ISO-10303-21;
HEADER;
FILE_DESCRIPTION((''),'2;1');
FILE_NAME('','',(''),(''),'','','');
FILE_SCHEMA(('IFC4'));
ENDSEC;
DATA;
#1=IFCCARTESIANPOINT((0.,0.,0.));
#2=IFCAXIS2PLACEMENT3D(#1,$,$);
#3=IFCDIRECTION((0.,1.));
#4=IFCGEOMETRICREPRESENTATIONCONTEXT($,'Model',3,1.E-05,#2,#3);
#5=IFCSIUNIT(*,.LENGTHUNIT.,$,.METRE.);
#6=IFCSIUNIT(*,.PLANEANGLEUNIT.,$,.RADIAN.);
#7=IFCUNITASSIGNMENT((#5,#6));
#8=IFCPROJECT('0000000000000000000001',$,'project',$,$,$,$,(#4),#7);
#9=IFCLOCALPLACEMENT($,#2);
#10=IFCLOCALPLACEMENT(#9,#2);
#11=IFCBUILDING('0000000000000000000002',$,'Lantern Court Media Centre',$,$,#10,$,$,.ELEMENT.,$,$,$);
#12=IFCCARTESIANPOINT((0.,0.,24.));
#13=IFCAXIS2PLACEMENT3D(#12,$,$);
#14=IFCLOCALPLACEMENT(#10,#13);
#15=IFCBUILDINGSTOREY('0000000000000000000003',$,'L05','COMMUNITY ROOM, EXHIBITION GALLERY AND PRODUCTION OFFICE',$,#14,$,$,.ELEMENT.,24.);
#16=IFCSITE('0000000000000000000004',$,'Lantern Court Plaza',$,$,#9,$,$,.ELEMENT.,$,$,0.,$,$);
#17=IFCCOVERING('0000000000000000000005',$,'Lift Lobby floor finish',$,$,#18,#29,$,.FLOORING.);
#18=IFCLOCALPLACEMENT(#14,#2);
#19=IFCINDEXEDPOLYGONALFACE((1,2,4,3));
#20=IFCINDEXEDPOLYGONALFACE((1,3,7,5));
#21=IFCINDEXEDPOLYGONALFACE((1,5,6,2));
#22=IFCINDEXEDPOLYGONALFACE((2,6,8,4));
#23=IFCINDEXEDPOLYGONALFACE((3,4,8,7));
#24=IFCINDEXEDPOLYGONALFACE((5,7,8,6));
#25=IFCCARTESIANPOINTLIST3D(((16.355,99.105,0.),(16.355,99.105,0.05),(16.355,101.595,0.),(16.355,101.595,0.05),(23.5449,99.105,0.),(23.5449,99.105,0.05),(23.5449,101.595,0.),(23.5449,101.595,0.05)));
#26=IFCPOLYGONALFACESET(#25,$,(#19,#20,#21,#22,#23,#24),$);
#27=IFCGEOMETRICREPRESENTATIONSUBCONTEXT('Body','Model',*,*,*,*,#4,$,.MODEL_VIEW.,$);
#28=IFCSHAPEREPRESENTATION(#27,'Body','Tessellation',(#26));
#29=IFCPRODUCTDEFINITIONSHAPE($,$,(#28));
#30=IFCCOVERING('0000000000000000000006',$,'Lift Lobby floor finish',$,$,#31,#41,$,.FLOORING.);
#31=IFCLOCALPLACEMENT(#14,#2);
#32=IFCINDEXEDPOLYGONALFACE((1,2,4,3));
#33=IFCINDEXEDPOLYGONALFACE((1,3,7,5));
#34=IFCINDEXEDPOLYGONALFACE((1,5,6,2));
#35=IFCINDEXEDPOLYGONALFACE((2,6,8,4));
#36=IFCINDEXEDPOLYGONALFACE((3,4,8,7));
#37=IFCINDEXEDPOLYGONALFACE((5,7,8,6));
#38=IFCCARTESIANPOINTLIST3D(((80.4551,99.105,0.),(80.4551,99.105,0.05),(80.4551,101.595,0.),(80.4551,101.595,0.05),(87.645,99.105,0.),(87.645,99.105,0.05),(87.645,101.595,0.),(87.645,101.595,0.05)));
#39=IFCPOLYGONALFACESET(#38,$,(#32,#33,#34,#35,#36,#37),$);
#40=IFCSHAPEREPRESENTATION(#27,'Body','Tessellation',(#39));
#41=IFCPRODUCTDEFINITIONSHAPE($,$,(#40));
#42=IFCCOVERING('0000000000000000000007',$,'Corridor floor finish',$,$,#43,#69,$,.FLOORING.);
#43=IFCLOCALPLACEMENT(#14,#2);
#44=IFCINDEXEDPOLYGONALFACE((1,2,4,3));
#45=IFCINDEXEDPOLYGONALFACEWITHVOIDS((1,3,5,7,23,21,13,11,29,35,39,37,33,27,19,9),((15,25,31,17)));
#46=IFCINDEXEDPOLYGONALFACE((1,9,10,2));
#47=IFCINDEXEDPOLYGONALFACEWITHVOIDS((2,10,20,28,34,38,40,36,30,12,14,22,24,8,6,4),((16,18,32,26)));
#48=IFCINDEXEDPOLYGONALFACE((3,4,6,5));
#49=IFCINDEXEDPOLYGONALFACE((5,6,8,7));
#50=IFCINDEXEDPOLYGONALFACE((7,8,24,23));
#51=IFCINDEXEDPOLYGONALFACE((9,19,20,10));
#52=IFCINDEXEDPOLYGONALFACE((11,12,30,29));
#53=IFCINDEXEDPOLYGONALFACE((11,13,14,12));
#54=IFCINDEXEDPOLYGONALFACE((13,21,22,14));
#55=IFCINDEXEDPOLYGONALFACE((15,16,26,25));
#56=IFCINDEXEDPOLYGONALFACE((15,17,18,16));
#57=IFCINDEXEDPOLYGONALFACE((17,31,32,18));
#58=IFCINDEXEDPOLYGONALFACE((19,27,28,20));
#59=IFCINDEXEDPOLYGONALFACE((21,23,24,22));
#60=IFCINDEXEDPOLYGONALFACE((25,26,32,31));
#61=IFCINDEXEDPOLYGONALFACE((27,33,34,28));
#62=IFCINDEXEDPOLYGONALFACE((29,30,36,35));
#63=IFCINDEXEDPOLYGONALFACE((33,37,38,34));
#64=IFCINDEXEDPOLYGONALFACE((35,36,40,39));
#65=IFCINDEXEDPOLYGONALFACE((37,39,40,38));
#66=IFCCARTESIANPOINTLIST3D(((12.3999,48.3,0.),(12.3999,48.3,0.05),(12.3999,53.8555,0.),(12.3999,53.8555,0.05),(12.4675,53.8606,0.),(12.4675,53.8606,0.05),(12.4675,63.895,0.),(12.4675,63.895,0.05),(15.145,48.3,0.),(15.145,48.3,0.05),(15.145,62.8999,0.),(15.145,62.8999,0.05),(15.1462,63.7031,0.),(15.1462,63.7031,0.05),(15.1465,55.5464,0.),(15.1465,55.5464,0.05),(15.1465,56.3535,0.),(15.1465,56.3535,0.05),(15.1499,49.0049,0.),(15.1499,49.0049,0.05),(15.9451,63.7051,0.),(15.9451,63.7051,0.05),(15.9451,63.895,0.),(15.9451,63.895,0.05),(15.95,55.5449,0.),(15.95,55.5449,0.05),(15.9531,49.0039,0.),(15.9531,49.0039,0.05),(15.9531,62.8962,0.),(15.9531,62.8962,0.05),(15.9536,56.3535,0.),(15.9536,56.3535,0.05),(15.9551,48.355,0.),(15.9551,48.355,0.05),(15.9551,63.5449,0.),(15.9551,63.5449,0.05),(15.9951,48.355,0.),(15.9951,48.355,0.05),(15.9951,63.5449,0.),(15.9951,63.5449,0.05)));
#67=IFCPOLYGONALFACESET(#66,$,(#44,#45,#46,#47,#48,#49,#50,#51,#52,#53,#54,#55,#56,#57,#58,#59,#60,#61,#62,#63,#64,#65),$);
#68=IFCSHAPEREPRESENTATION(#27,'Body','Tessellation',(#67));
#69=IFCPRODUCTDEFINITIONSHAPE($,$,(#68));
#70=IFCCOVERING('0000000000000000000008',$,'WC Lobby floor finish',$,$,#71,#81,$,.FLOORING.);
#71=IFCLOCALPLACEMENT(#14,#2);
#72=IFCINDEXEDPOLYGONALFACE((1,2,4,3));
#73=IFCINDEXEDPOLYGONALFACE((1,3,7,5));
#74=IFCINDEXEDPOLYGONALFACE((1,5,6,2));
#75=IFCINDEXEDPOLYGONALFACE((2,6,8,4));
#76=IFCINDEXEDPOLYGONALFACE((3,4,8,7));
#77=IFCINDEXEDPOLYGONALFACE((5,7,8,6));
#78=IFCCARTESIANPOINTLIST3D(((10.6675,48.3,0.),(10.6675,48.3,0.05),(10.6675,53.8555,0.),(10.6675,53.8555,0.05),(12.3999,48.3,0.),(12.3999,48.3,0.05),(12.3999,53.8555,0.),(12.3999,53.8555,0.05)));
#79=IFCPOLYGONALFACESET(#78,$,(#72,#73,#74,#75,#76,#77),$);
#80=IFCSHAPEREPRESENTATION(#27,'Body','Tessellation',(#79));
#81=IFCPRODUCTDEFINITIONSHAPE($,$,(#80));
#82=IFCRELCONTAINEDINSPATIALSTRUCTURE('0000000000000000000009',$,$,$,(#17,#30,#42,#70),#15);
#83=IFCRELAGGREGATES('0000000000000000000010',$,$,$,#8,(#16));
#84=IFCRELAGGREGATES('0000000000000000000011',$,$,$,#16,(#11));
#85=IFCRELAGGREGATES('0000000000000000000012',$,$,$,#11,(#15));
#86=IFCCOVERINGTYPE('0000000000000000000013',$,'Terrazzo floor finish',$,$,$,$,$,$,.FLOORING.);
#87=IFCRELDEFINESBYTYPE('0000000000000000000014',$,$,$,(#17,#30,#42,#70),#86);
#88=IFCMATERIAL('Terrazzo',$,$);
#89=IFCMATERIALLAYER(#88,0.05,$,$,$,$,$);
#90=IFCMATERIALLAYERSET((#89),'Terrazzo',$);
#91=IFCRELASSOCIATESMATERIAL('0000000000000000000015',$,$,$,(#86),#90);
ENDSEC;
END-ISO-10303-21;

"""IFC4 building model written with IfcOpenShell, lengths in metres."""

from ifc_helpers import new_model, si_unit, direction, frame, origin, place, context, subcontext, project, spatial, polyline, outline, extrude, material, layer, layer_set, type_object, element, save


model = new_model("IFC4")

# Units and contexts
model_context = context("Model", 3, precision=1e-05, world=origin(), true_north=direction((0.0, 1.0)))
body_context = subcontext(model_context, "Body", "Model", "MODEL_VIEW")
ifc_project = project(units=[si_unit("LENGTHUNIT", "METRE"), si_unit("PLANEANGLEUNIT", "RADIAN")], contexts=[model_context])

# Site, building, storey
site_placement = place(None, origin())
site = spatial("IfcSite", under=ifc_project, at=site_placement, Name="Lantern Court Plaza", CompositionType="ELEMENT", RefElevation=0.0)
building_placement = place(site_placement, origin())
building = spatial("IfcBuilding", under=site, at=building_placement, Name="Lantern Court Media Centre", CompositionType="ELEMENT")
storey_placement = place(building_placement, frame((0.0, 0.0, 24.0)))
storey = spatial("IfcBuildingStorey", under=building, at=storey_placement, Name="L05", Description="COMMUNITY ROOM, EXHIBITION GALLERY AND PRODUCTION OFFICE", CompositionType="ELEMENT", Elevation=24.0)

# Coverings
ifc_material_1 = material(Name="Terrazzo")
ifc_layer_1 = layer(ifc_material_1, 0.05)
ifc_layer_set_1 = layer_set([ifc_layer_1], Name="Terrazzo")
covering_type_1 = type_object("IfcCoveringType", Name="Terrazzo floor finish", PredefinedType="FLOORING", material=ifc_layer_set_1)
covering_1_placement = place(storey_placement, origin())
element("IfcCovering", 1, at=covering_1_placement, inside=storey, type_object=covering_type_1, Name="Lift Lobby floor finish", PredefinedType="FLOORING", context=body_context, shape_type="SweptSolid", body=[
    extrude(outline(polyline([(23.5449, 99.105), (16.355, 99.105), (16.355, 101.595), (23.5449, 101.595), (23.5449, 99.105)])), origin(), (0.0, 0.0, 1.0), 0.05),
])
covering_2_placement = place(storey_placement, origin())
element("IfcCovering", 2, at=covering_2_placement, inside=storey, type_object=covering_type_1, Name="Lift Lobby floor finish", PredefinedType="FLOORING", context=body_context, shape_type="SweptSolid", body=[
    extrude(outline(polyline([(87.645, 99.105), (80.4551, 99.105), (80.4551, 101.595), (87.645, 101.595), (87.645, 99.105)])), origin(), (0.0, 0.0, 1.0), 0.05),
])
covering_3_placement = place(storey_placement, origin())
element("IfcCovering", 3, at=covering_3_placement, inside=storey, type_object=covering_type_1, Name="Corridor floor finish", PredefinedType="FLOORING", context=body_context, shape_type="SweptSolid", body=[
    extrude(outline(polyline([(12.3999, 48.3), (12.3999, 53.8555), (12.4675, 53.8606), (12.4675, 63.895), (15.9451, 63.895), (15.9451, 63.7051), (15.1462, 63.7031), (15.145, 62.8999), (15.9531, 62.8962), (15.9551, 63.5449), (15.9951, 63.5449), (15.9951, 48.355), (15.9551, 48.355), (15.9531, 49.0039), (15.1499, 49.0049), (15.145, 48.3), (12.3999, 48.3)]), holes=[polyline([(15.95, 55.5449), (15.9536, 56.3535), (15.1465, 56.3535), (15.1465, 55.5464), (15.95, 55.5449)])]), origin(), (0.0, 0.0, 1.0), 0.05),
])
covering_4_placement = place(storey_placement, origin())
element("IfcCovering", 4, at=covering_4_placement, inside=storey, type_object=covering_type_1, Name="WC Lobby floor finish", PredefinedType="FLOORING", context=body_context, shape_type="SweptSolid", body=[
    extrude(outline(polyline([(12.3999, 48.3), (10.6675, 48.3), (10.6675, 53.8555), (12.3999, 53.8555), (12.3999, 48.3)])), origin(), (0.0, 0.0, 1.0), 0.05),
])

save(model, "model.ifc")
